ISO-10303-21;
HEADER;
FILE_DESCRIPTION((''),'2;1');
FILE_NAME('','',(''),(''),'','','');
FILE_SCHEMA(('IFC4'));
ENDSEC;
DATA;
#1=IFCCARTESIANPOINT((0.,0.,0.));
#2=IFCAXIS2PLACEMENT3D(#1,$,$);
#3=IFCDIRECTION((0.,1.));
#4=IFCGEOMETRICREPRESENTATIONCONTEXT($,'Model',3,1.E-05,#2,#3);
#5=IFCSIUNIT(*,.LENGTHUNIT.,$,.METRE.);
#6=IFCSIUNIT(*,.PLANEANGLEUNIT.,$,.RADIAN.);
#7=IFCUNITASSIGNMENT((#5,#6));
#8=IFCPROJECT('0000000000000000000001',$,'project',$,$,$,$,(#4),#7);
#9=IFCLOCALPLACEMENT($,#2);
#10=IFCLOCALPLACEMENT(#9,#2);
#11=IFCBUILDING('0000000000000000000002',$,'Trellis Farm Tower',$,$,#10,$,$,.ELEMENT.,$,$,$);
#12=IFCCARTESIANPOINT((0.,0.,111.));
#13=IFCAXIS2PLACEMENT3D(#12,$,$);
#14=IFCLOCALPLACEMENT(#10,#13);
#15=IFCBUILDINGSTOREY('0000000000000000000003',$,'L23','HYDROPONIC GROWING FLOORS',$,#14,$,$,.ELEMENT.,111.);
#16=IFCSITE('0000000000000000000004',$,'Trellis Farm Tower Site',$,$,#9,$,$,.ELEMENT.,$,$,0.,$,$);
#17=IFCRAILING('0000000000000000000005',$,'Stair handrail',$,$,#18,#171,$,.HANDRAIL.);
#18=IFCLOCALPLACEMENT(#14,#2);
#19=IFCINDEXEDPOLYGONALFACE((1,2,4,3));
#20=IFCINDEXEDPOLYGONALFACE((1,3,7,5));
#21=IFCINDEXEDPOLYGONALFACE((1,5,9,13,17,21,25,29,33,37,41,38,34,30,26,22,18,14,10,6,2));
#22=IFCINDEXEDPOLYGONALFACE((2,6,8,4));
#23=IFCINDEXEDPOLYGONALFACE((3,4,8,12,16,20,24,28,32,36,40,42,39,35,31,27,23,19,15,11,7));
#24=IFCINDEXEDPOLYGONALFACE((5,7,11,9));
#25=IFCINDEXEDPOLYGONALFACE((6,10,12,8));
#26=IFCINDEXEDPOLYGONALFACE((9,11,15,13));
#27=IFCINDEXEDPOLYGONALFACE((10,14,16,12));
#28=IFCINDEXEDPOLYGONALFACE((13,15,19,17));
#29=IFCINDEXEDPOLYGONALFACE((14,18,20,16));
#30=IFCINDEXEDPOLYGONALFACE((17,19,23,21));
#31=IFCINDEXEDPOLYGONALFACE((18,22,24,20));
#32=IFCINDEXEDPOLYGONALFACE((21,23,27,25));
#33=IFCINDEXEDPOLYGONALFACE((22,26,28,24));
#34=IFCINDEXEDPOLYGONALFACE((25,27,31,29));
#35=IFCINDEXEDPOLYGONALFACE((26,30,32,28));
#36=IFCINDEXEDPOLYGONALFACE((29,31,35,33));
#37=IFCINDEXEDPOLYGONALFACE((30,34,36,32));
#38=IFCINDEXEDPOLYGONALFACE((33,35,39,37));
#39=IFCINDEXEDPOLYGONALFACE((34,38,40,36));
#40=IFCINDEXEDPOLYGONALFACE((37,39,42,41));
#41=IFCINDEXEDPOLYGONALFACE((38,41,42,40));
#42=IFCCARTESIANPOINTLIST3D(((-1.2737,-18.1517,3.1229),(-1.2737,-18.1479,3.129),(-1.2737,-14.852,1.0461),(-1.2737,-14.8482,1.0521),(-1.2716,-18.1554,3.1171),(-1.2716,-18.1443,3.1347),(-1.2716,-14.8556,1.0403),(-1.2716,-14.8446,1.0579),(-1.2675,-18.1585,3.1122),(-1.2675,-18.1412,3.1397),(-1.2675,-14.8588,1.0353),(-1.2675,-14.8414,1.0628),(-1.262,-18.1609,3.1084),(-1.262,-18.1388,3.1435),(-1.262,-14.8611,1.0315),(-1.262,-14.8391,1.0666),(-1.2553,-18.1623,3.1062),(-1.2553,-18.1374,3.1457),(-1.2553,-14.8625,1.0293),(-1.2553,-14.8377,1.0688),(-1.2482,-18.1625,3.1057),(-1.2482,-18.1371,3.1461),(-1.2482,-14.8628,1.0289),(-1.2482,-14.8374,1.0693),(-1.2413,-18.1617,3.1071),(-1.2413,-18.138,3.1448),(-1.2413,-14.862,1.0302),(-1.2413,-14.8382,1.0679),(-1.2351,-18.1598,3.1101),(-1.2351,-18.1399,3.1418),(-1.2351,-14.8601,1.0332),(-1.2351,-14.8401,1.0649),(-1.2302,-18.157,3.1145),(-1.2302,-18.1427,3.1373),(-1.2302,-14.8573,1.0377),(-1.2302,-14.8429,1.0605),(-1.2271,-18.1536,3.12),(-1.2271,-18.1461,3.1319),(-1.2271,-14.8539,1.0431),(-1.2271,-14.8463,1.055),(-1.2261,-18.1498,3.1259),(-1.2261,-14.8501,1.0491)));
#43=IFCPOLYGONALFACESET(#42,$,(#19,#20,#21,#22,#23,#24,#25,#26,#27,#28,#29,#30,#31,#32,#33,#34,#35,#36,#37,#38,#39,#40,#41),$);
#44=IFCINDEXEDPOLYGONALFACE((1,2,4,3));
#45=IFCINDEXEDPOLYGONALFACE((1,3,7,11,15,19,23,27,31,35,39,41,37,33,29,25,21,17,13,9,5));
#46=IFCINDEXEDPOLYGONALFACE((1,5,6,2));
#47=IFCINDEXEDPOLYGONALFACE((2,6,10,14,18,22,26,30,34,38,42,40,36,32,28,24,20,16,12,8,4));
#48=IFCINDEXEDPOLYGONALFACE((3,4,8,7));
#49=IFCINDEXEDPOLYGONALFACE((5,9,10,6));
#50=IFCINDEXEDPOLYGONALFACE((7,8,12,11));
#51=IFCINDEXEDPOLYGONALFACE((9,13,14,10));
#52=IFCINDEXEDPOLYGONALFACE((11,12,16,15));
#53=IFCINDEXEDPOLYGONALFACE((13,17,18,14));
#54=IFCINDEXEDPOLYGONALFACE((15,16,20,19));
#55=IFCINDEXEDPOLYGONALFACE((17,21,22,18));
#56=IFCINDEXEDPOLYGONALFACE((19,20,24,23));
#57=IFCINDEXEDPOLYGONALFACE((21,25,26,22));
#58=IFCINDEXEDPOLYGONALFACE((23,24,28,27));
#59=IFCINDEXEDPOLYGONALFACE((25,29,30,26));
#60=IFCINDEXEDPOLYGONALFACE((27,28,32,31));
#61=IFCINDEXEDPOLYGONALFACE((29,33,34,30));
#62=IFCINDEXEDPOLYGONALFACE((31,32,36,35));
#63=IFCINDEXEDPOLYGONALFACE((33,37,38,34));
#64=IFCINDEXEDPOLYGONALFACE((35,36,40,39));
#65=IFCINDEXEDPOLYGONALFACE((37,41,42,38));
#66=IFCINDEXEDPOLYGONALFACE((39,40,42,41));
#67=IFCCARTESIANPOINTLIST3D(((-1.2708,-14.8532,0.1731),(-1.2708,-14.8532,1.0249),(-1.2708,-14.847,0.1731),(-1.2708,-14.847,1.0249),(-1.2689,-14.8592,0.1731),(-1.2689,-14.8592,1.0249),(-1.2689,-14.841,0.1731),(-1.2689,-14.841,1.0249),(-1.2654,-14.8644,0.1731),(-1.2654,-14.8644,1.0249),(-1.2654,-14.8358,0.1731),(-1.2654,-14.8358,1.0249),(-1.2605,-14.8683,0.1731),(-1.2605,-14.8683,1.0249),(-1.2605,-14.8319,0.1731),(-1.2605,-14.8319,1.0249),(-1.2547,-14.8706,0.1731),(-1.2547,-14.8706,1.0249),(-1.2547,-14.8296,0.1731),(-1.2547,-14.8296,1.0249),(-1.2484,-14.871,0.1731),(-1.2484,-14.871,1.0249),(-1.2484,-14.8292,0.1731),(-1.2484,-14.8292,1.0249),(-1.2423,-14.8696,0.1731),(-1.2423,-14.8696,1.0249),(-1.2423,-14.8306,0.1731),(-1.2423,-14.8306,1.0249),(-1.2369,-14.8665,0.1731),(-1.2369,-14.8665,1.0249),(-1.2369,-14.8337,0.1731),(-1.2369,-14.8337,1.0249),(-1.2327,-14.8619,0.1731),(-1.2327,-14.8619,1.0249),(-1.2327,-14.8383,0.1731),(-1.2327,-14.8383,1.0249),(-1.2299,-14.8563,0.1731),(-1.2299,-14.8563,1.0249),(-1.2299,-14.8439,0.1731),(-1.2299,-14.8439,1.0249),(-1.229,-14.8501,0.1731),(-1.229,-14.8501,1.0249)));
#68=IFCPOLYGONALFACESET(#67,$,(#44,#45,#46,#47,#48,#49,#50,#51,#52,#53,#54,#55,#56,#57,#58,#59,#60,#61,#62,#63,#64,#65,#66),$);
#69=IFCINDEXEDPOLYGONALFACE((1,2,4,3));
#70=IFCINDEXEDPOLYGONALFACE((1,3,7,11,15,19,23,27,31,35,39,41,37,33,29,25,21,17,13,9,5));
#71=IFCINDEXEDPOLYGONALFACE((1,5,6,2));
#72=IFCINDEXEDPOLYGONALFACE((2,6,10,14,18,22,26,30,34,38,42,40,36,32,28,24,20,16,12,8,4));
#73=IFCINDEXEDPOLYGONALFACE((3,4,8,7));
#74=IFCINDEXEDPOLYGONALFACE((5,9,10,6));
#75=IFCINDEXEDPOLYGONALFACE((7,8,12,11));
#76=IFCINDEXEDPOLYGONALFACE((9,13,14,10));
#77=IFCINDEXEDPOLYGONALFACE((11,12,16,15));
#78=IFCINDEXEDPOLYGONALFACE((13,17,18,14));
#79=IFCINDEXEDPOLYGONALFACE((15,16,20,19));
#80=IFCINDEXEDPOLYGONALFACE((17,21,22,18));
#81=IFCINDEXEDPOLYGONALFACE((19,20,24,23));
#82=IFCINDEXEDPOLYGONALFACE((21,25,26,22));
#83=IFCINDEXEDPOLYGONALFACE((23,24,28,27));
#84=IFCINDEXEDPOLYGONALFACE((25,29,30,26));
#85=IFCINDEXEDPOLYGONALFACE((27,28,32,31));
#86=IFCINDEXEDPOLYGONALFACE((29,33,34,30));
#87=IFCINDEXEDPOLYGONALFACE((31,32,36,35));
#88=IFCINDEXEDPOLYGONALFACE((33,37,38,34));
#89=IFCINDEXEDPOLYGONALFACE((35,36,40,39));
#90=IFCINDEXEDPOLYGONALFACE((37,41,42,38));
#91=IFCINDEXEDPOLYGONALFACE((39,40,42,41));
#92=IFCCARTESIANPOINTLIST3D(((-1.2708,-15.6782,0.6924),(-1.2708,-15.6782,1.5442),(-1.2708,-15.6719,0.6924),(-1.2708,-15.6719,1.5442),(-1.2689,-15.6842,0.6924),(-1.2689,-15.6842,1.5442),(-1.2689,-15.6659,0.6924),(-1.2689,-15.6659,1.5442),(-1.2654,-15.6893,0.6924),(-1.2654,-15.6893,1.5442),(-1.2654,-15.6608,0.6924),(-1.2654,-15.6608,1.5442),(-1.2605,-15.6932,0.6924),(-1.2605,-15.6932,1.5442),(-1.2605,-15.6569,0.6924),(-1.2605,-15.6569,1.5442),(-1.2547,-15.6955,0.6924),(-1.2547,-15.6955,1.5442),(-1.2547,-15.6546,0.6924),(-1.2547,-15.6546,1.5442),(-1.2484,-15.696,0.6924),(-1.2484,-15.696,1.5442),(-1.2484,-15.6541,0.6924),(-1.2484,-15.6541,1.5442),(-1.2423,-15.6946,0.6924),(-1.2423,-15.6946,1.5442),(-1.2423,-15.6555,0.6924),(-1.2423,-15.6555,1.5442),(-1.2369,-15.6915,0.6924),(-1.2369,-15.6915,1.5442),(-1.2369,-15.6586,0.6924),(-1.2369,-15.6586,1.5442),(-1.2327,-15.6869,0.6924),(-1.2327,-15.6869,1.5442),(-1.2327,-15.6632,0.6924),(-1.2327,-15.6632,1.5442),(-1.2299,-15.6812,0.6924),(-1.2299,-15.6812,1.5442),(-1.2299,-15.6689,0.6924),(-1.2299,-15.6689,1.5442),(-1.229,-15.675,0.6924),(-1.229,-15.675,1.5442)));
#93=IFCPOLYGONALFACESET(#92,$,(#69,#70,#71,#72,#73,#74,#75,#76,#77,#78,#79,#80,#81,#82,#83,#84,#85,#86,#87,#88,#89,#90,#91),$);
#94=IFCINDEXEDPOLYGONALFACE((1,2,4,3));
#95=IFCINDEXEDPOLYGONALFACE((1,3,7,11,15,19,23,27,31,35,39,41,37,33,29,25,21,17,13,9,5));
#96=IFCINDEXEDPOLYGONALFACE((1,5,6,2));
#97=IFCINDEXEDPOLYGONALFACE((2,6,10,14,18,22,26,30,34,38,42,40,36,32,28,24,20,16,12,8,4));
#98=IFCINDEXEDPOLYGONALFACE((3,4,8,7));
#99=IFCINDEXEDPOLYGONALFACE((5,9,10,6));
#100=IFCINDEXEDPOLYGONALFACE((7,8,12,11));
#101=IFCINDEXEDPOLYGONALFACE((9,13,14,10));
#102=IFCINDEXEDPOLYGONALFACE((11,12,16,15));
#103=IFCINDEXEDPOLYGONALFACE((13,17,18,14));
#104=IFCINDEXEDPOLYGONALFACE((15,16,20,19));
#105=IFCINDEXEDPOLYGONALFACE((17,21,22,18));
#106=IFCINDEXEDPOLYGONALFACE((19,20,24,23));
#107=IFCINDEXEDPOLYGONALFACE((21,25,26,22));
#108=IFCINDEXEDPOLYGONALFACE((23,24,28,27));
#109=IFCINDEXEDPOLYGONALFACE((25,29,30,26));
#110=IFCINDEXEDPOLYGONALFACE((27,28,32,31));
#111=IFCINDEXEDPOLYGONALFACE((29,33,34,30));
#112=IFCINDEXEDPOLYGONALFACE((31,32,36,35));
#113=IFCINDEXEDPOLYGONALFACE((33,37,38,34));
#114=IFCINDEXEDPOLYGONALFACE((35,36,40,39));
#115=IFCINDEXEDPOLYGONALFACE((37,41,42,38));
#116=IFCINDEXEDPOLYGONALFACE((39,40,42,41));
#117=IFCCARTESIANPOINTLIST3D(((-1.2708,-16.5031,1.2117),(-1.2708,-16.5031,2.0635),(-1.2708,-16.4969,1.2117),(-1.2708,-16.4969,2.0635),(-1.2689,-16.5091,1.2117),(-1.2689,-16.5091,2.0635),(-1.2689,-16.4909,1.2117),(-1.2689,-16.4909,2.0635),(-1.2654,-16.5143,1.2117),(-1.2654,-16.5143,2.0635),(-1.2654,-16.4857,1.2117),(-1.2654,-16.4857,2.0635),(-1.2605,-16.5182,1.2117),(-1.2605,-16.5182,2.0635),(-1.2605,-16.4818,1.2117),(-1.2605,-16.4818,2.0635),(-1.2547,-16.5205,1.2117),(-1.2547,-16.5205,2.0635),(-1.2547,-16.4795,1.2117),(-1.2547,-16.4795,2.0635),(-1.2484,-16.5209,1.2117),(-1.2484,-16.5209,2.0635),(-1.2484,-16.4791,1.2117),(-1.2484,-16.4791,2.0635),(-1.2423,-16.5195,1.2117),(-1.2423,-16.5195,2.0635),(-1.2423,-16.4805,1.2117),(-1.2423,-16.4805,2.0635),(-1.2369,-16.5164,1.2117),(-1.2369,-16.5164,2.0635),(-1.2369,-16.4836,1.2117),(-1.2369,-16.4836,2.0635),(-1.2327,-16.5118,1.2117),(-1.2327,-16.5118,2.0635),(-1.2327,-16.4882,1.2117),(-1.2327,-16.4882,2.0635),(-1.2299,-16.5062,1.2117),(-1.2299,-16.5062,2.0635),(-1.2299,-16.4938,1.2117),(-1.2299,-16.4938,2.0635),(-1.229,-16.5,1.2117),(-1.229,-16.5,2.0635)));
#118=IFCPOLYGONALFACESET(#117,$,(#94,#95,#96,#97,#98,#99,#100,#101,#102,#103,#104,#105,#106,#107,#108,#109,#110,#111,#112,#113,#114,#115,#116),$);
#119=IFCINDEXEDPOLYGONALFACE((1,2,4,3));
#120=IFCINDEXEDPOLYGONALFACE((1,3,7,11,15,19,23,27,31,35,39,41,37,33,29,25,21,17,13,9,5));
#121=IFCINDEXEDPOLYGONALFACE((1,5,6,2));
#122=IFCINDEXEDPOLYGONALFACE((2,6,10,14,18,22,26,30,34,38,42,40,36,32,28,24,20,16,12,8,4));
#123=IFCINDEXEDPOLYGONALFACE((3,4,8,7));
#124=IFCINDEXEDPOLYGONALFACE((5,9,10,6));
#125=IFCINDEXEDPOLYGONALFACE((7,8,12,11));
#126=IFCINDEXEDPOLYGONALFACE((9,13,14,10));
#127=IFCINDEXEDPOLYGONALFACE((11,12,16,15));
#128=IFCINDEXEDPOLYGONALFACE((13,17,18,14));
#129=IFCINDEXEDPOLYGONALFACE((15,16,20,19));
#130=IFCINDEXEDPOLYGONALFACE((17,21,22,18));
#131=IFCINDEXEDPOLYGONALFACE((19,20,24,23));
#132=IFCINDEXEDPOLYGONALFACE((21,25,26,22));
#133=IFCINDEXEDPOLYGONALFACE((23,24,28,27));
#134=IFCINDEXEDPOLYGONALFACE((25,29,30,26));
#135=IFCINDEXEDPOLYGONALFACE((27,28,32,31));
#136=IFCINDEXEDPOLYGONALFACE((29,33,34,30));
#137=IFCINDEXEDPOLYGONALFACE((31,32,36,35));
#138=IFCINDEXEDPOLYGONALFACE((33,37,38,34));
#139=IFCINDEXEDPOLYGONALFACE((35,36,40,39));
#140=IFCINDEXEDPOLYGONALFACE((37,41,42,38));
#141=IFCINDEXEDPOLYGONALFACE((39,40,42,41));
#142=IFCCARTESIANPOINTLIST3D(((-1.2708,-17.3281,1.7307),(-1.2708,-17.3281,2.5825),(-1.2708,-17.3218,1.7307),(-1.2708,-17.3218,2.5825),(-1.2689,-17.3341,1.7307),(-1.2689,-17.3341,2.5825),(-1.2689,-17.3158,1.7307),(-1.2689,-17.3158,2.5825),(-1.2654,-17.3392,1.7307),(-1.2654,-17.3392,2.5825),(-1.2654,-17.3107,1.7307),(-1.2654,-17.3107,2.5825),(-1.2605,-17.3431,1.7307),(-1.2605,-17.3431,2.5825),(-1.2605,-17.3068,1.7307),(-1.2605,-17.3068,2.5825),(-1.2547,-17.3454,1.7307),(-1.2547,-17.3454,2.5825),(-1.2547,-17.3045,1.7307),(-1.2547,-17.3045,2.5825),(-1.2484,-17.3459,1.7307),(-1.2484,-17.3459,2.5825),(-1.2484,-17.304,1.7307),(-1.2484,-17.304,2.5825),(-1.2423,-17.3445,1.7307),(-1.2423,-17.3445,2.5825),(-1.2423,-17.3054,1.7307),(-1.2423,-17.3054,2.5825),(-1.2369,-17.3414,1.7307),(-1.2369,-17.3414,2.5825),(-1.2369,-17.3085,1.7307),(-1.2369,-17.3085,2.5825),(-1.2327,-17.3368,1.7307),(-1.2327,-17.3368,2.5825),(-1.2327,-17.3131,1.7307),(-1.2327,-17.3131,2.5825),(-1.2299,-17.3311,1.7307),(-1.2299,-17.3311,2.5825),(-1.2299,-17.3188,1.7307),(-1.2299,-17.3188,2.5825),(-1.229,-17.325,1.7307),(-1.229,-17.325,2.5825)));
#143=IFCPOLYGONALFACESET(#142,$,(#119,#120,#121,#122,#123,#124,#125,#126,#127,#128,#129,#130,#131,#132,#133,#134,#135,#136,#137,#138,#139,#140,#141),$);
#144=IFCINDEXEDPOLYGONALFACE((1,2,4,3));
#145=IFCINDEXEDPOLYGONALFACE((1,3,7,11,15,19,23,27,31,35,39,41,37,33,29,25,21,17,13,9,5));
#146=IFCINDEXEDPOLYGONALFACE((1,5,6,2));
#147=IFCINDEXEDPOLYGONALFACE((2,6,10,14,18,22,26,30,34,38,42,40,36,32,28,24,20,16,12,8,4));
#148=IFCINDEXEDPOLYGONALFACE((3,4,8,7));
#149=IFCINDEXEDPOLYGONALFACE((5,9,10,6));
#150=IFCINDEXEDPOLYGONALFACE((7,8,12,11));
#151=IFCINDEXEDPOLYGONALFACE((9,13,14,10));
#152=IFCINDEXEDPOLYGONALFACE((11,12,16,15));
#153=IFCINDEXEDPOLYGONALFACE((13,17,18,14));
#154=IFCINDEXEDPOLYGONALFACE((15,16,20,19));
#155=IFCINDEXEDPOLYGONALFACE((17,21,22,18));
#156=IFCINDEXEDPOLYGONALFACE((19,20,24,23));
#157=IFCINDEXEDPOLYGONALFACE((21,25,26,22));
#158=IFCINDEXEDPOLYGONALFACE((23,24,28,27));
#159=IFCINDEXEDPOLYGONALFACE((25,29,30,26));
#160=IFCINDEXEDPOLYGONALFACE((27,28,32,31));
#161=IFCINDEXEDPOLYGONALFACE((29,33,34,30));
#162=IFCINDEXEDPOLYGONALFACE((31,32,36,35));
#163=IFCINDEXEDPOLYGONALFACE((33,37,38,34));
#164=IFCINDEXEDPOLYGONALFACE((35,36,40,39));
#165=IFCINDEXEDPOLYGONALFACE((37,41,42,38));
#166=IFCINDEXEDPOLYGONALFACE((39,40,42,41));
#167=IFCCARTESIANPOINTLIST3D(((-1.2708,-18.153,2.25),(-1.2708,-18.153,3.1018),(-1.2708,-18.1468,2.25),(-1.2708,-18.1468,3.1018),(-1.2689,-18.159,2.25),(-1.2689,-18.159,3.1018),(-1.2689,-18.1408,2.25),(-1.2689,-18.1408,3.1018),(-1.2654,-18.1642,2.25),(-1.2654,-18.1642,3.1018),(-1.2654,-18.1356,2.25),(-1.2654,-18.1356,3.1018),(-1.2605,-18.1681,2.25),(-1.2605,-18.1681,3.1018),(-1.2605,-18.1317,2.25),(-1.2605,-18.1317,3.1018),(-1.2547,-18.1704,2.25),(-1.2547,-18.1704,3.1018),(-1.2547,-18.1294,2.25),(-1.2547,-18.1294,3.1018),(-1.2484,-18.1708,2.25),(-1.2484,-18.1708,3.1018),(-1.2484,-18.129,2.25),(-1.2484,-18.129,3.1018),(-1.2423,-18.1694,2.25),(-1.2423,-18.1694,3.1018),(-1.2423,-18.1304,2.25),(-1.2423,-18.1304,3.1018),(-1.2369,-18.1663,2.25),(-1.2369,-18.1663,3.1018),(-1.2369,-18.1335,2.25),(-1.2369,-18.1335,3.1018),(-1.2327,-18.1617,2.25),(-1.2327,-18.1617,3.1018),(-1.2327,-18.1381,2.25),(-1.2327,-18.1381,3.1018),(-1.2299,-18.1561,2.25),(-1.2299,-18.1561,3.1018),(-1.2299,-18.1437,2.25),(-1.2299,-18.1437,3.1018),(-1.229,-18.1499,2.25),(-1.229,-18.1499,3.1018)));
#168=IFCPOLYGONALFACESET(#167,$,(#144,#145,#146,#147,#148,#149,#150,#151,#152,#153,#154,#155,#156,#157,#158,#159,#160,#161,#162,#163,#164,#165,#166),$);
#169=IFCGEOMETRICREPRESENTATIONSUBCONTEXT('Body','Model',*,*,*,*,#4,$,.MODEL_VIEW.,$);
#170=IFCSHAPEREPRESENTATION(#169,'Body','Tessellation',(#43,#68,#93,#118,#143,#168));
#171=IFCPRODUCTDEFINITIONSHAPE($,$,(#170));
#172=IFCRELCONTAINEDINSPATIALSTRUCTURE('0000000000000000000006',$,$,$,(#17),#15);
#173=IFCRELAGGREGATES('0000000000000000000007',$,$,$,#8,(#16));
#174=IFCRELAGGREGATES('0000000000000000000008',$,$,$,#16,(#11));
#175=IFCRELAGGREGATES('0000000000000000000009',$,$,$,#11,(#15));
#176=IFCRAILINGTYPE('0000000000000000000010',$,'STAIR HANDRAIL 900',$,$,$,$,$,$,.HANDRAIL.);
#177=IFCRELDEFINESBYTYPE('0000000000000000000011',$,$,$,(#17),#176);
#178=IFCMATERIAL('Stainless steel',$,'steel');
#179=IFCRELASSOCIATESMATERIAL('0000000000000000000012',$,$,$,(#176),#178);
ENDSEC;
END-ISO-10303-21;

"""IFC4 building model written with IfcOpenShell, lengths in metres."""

from ifc_helpers import new_model, si_unit, direction, frame, origin, origin_2d, place, context, subcontext, project, spatial, circle, extrude, source, transform, mapped, material, type_object, element, save


model = new_model("IFC4")

# Units and contexts
model_context = context("Model", 3, precision=1e-05, world=origin(), true_north=direction((0.0, 1.0)))
body_context = subcontext(model_context, "Body", "Model", "MODEL_VIEW")
ifc_project = project(units=[si_unit("LENGTHUNIT", "METRE"), si_unit("PLANEANGLEUNIT", "RADIAN")], contexts=[model_context])

# Site, building, storey
site_placement = place(None, origin())
site = spatial("IfcSite", under=ifc_project, at=site_placement, Name="Trellis Farm Tower Site", CompositionType="ELEMENT", RefElevation=0.0)
building_placement = place(site_placement, origin())
building = spatial("IfcBuilding", under=site, at=building_placement, Name="Trellis Farm Tower", CompositionType="ELEMENT")
storey_placement = place(building_placement, frame((0.0, 0.0, 111.0)))
storey = spatial("IfcBuildingStorey", under=building, at=storey_placement, Name="L23", Description="HYDROPONIC GROWING FLOORS", CompositionType="ELEMENT", Elevation=111.0)

# Railing
ifc_material_1 = material(Name="Stainless steel", Category="steel")
railing_type = type_object("IfcRailingType", Name="STAIR HANDRAIL 900", PredefinedType="HANDRAIL", material=ifc_material_1)
shared_shape_1 = source(origin(), body_context, "Body", "SweptSolid", [
    extrude(circle(Radius=0.0239, at=origin_2d()), frame((0.0, 0.0, 0.876), z_axis=(0.0, -0.84632, 0.532675), x_axis=(1.0, 0.0, 0.0)), (0.0, 0.0, 1.0), 3.8989),
    extrude(circle(Radius=0.021, at=origin_2d()), origin(), (0.0, 0.0, 1.0), 0.8518),
    extrude(circle(Radius=0.021, at=origin_2d()), frame((0.0, -0.825, 0.5193)), (0.0, 0.0, 1.0), 0.8518),
    extrude(circle(Radius=0.021, at=origin_2d()), frame((0.0, -1.6499, 1.0386)), (0.0, 0.0, 1.0), 0.8518),
    extrude(circle(Radius=0.021, at=origin_2d()), frame((0.0, -2.4749, 1.5576)), (0.0, 0.0, 1.0), 0.8518),
    extrude(circle(Radius=0.021, at=origin_2d()), frame((0.0, -3.2998, 2.0769)), (0.0, 0.0, 1.0), 0.8518),
])
railing_placement = place(storey_placement, frame((-1.25, -14.8501, 0.1731)))
element("IfcRailing", 1, at=railing_placement, inside=storey, type_object=railing_type, Name="Stair handrail", PredefinedType="HANDRAIL", context=body_context, shape_type="MappedRepresentation", body=[
    mapped(shared_shape_1, transform((0.0, 0.0, 0.0))),
])

save(model, "model.ifc")
